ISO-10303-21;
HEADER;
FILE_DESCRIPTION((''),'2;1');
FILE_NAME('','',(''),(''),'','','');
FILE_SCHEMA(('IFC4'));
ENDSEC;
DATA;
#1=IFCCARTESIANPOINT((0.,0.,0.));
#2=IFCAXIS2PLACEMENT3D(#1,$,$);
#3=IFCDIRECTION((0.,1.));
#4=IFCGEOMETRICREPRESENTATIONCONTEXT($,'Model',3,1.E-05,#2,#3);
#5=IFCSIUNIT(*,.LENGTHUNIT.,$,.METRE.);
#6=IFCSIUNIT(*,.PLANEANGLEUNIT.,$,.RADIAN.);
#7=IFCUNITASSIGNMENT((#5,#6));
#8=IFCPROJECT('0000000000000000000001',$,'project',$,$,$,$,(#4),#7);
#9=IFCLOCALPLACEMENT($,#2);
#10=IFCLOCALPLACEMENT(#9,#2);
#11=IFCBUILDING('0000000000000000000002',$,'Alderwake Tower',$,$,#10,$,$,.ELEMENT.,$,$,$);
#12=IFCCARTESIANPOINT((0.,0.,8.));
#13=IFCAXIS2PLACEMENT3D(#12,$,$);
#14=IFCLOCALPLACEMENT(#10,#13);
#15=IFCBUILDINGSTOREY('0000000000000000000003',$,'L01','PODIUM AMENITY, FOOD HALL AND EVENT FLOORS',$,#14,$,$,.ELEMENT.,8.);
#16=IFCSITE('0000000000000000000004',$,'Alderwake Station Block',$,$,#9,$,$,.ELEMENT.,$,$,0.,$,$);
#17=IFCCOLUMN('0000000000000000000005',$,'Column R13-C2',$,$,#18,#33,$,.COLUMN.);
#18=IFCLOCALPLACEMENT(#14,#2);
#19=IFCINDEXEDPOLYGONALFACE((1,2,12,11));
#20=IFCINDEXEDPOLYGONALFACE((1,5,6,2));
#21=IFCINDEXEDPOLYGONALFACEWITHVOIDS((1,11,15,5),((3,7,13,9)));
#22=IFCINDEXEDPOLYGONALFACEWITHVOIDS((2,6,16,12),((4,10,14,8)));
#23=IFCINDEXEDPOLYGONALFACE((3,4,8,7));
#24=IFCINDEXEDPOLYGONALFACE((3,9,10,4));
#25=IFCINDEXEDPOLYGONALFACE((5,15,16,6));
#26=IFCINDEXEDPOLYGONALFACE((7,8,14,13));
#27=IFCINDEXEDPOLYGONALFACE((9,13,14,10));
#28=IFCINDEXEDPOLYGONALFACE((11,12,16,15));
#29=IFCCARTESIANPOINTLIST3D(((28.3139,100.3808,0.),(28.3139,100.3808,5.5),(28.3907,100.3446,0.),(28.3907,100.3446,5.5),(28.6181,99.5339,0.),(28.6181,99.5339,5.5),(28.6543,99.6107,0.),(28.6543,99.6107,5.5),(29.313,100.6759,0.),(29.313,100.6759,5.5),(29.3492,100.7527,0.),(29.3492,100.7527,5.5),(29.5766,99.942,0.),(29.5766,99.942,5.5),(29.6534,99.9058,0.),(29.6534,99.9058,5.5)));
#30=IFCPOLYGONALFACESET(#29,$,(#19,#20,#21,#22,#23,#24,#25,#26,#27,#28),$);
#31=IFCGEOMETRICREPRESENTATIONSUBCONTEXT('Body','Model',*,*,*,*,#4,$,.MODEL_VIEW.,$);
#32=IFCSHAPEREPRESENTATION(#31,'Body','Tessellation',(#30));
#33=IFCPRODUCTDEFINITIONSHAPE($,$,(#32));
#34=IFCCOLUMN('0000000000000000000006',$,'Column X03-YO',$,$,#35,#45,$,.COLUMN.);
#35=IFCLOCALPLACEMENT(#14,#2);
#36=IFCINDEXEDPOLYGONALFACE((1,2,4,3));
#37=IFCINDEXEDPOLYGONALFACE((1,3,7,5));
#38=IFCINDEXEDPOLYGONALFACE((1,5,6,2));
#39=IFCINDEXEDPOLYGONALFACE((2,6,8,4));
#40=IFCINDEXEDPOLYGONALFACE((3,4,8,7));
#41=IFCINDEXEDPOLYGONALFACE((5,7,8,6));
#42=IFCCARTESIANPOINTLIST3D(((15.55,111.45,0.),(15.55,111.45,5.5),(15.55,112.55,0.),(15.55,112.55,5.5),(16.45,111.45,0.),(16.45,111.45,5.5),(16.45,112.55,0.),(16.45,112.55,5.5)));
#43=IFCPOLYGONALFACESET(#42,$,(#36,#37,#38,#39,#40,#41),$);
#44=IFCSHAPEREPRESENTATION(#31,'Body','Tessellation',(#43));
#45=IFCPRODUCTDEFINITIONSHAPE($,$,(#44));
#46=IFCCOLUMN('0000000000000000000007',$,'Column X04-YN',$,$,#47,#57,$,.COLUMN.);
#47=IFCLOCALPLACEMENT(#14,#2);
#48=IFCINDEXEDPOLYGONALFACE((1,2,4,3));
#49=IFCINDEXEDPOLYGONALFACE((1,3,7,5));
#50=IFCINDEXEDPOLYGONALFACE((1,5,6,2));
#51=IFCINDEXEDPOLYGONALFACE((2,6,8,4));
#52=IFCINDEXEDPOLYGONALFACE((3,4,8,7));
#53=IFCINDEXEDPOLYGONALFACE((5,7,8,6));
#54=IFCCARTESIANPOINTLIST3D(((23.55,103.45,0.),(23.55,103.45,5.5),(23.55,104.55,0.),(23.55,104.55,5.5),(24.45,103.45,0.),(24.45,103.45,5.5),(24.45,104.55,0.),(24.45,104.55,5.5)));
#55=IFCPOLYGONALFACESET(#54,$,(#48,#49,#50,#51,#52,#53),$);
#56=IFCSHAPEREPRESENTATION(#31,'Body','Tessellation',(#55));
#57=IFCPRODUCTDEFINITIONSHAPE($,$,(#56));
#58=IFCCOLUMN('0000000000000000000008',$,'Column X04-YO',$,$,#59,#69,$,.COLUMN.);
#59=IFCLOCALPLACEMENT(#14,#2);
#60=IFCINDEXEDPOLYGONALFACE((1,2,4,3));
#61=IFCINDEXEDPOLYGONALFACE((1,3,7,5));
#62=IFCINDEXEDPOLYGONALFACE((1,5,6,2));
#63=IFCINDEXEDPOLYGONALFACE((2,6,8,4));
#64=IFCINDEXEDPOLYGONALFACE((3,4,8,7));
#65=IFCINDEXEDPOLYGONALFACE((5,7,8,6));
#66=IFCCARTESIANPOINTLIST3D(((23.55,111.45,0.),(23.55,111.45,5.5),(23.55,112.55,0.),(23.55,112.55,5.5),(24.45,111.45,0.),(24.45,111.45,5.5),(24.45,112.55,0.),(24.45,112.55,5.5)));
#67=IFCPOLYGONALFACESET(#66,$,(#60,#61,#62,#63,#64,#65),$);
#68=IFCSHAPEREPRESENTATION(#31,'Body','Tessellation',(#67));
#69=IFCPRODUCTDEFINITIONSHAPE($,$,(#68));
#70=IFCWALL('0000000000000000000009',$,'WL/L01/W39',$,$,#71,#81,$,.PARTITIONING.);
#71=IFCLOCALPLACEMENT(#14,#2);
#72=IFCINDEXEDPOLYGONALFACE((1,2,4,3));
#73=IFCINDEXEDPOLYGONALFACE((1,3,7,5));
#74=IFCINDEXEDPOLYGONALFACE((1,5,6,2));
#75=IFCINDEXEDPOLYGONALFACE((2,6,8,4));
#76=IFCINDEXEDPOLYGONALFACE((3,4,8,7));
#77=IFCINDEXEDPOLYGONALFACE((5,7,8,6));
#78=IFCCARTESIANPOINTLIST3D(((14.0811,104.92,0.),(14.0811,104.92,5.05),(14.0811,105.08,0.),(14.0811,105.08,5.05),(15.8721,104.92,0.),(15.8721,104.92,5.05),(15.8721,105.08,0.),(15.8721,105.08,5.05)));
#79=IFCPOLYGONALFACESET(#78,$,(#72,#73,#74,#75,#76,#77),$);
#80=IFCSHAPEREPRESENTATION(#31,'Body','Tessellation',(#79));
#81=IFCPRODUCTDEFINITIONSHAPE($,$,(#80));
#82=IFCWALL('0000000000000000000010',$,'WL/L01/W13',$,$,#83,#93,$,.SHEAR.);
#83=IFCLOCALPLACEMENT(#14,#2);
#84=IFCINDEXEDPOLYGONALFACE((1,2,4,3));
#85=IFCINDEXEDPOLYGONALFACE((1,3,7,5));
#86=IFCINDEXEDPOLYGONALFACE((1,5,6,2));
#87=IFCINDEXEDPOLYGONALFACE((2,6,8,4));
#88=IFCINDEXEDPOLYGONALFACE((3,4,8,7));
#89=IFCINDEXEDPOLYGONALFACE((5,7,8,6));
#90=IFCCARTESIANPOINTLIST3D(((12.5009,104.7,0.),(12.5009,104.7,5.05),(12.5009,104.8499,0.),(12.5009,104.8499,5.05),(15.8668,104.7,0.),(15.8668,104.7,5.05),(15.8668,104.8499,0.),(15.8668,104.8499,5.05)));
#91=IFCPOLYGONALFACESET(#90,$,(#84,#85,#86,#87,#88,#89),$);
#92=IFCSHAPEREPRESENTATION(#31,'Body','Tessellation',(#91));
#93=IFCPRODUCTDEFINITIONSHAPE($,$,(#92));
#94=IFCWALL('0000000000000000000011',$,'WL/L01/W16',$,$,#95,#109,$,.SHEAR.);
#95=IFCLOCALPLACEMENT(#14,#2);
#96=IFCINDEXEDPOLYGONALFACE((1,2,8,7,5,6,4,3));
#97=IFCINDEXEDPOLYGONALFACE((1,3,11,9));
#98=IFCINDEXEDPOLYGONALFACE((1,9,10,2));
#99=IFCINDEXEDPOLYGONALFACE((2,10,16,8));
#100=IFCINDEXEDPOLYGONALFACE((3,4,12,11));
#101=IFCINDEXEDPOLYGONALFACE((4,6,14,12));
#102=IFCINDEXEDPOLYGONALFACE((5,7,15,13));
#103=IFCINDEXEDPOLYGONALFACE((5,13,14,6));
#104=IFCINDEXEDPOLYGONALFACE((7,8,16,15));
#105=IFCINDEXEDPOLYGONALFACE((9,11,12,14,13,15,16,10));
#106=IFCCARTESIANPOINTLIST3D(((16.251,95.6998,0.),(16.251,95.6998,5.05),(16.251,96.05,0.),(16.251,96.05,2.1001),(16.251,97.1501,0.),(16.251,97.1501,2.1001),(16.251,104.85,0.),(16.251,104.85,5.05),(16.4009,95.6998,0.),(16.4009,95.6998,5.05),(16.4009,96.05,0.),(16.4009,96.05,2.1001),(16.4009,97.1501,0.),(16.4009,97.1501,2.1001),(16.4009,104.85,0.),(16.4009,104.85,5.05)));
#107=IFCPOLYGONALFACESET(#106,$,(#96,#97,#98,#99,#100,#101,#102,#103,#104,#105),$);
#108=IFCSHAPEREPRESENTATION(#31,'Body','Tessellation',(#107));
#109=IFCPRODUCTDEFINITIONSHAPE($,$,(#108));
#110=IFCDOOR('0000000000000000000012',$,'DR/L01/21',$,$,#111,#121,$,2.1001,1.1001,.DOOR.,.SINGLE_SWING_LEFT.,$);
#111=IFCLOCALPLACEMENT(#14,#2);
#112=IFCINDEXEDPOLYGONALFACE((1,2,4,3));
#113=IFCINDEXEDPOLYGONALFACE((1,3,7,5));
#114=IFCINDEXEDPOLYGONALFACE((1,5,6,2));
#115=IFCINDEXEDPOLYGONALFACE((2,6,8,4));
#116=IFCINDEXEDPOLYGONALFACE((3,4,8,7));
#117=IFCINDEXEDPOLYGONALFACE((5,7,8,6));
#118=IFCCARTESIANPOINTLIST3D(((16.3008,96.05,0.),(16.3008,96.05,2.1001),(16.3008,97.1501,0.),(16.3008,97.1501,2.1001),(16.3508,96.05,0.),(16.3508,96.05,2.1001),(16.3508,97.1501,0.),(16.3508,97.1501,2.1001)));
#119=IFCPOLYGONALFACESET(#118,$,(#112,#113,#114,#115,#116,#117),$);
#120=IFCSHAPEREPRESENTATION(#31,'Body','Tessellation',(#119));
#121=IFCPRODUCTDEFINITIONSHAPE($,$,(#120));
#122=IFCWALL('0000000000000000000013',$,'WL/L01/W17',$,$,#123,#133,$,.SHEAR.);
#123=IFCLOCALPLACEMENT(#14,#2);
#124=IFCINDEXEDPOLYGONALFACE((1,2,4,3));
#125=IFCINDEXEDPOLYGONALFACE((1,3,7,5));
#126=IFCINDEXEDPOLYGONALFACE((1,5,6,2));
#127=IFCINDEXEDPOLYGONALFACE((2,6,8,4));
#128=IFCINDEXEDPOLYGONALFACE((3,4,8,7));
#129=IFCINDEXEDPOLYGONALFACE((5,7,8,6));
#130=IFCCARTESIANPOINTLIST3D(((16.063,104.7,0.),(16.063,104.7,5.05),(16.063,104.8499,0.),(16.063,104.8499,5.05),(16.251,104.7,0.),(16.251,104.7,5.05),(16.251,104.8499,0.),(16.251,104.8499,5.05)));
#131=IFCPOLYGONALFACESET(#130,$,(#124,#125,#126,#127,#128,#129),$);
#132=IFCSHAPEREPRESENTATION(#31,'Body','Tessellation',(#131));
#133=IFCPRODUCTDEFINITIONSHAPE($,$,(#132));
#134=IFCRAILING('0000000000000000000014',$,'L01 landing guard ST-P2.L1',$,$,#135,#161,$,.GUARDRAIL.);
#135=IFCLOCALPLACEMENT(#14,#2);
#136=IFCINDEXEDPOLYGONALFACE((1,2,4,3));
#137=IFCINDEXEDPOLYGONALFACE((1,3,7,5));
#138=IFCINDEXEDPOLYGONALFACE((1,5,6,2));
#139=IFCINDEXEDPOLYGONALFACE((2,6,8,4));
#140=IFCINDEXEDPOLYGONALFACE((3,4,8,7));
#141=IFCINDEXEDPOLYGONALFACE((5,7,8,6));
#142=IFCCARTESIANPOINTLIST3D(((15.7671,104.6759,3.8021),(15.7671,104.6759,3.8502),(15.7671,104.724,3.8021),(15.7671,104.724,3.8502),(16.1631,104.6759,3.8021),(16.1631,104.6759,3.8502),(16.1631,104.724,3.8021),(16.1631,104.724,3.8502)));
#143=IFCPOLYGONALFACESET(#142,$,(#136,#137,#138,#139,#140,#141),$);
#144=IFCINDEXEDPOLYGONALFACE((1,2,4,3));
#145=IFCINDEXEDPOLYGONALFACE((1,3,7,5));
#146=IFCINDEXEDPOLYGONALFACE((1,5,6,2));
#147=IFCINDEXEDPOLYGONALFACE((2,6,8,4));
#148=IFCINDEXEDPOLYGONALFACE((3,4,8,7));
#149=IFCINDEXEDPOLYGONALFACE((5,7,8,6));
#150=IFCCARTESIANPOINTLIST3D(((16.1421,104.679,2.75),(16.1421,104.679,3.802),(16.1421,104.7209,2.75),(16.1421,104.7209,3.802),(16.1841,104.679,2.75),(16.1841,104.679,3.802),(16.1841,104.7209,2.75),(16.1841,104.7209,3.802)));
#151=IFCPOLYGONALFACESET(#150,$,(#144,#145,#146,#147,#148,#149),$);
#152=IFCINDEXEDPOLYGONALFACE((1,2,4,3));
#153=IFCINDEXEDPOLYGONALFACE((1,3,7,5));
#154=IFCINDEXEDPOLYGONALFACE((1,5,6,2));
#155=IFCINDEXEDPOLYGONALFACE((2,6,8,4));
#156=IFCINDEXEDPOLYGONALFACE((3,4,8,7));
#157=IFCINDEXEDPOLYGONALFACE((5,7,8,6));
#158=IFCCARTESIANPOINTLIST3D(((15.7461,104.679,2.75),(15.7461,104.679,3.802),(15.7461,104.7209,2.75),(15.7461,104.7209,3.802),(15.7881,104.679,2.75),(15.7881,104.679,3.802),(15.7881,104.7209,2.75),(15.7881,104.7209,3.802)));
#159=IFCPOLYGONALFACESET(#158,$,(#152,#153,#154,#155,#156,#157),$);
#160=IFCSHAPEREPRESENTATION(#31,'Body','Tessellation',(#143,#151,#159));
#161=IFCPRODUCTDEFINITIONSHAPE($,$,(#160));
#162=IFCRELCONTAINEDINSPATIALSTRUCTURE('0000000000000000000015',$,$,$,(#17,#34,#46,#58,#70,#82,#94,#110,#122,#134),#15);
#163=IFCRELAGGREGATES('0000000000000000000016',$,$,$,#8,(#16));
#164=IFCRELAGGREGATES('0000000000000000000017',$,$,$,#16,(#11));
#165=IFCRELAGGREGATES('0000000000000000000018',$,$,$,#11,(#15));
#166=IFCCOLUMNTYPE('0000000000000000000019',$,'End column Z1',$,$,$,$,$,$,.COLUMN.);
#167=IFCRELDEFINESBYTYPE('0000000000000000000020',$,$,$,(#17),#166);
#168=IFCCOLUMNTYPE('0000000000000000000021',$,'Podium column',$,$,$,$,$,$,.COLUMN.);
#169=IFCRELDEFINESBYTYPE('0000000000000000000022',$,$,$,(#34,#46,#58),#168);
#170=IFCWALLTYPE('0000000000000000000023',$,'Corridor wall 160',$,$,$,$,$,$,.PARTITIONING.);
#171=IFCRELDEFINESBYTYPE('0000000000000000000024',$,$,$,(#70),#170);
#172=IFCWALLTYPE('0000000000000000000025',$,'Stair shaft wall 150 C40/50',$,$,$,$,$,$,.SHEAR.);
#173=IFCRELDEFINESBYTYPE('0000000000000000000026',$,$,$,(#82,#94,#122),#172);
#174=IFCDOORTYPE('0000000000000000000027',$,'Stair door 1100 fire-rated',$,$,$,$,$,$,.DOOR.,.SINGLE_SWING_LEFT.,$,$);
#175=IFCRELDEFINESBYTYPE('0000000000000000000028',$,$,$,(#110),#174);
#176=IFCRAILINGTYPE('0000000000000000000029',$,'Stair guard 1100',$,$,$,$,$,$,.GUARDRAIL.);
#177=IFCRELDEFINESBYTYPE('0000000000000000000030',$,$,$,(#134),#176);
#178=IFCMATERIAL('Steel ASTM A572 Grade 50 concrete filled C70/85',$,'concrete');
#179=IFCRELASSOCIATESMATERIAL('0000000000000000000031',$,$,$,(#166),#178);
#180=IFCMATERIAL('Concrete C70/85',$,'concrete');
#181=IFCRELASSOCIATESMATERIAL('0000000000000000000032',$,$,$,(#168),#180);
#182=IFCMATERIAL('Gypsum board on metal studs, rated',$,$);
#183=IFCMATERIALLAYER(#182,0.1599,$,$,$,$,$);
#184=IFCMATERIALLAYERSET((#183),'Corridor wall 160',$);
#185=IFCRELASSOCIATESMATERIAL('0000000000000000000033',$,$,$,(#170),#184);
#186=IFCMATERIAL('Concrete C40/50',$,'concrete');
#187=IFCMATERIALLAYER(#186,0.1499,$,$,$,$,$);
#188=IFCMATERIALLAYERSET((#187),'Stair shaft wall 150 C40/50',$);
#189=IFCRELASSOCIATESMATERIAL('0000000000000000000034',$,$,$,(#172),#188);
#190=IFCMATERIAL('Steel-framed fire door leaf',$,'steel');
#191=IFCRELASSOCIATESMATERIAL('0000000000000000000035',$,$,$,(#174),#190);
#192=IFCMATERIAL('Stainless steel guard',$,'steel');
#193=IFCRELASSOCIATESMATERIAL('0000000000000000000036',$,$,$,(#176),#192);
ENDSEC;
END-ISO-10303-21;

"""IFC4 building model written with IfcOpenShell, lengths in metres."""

from ifc_helpers import new_model, si_unit, direction, frame, frame_2d, origin, origin_2d, place, context, subcontext, project, spatial, rectangle, hollow_rectangle, extrude, material, layer, layer_set, material_profile, profile_set, type_object, element, fill, save


model = new_model("IFC4")

# Units and contexts
model_context = context("Model", 3, precision=1e-05, world=origin(), true_north=direction((0.0, 1.0)))
body_context = subcontext(model_context, "Body", "Model", "MODEL_VIEW")
ifc_project = project(units=[si_unit("LENGTHUNIT", "METRE"), si_unit("PLANEANGLEUNIT", "RADIAN")], contexts=[model_context])

# Site, building, storey
site_placement = place(None, origin())
site = spatial("IfcSite", under=ifc_project, at=site_placement, Name="Alderwake Station Block", CompositionType="ELEMENT", RefElevation=0.0)
building_placement = place(site_placement, origin())
building = spatial("IfcBuilding", under=site, at=building_placement, Name="Alderwake Tower", CompositionType="ELEMENT")
storey_placement = place(building_placement, frame((0.0, 0.0, 8.0)))
storey = spatial("IfcBuildingStorey", under=building, at=storey_placement, Name="L01", Description="PODIUM AMENITY, FOOD HALL AND EVENT FLOORS", CompositionType="ELEMENT", Elevation=8.0)

# Columns
ifc_material_1 = material(Name="Steel ASTM A572 Grade 50 concrete filled C70/85", Category="concrete")
ifc_material_profile_1 = material_profile(ifc_material_1, hollow_rectangle(XDim=0.8999, YDim=1.1001, WallThickness=0.0601, at=origin_2d()), Name="BOX 1100X900X60")
ifc_profile_set_1 = profile_set([ifc_material_profile_1], Name="Steel ASTM A572 Grade 50 concrete filled C70/85")
column_type_1 = type_object("IfcColumnType", Name="End column Z1", PredefinedType="COLUMN", material=ifc_profile_set_1)
column_placement = place(storey_placement, frame((28.9836, 100.1433, 0.0), z_axis=(0.0, 0.0, 1.0), x_axis=(-0.338027, 0.941136, 0.0)))
element("IfcColumn", 1, at=column_placement, inside=storey, type_object=column_type_1, Name="Column R13-C2", PredefinedType="COLUMN", context=body_context, shape_type="SweptSolid", body=[
    extrude(hollow_rectangle(XDim=0.8999, YDim=1.1001, WallThickness=0.0601, at=origin_2d()), origin(), (0.0, 0.0, 1.0), 5.5),
])
ifc_material_2 = material(Name="Concrete C70/85", Category="concrete")
ifc_material_profile_2 = material_profile(ifc_material_2, rectangle(XDim=0.8999, YDim=1.1001, at=origin_2d()), Name="RC 1100X900")
ifc_profile_set_2 = profile_set([ifc_material_profile_2], Name="Concrete C70/85")
column_type_2 = type_object("IfcColumnType", Name="Podium column", PredefinedType="COLUMN", material=ifc_profile_set_2)
for number, where, z_axis, x_axis, name in (
    (2, (16.0, 112.0, 0.0), (0.0, 0.0, 1.0), (1.0, 0.0, 0.0), "Column X03-YO"),
    (3, (24.0, 104.0, 0.0), (0.0, 0.0, 1.0), (1.0, 0.0, 0.0), "Column X04-YN"),
    (4, (24.0, 112.0, 0.0), (0.0, 0.0, 1.0), (1.0, 0.0, 0.0), "Column X04-YO"),
):
    element("IfcColumn", number, at=place(storey_placement, frame(where, z_axis=z_axis, x_axis=x_axis)), inside=storey, type_object=column_type_2, Name=name, PredefinedType="COLUMN", context=body_context, shape_type="SweptSolid", body=[
        extrude(rectangle(XDim=0.8999, YDim=1.1001, at=origin_2d()), origin(), (0.0, 0.0, 1.0), 5.5),
    ])

# Walls
ifc_material_3 = material(Name="Gypsum board on metal studs, rated")
ifc_layer_1 = layer(ifc_material_3, 0.1599)
ifc_layer_set_1 = layer_set([ifc_layer_1], Name="Corridor wall 160")
wall_type_1 = type_object("IfcWallType", Name="Corridor wall 160", PredefinedType="PARTITIONING", material=ifc_layer_set_1)
wall_1_placement = place(storey_placement, frame((15.8721, 105.0, 0.0), z_axis=(0.0, 0.0, 1.0), x_axis=(-1.0, 0.0, 0.0)))
element("IfcWall", 5, at=wall_1_placement, inside=storey, type_object=wall_type_1, Name="WL/L01/W39", PredefinedType="PARTITIONING", context=body_context, shape_type="SweptSolid", body=[
    extrude(rectangle(XDim=1.791, YDim=0.1599, at=frame_2d((0.8955, 0.0))), origin(), (0.0, 0.0, 1.0), 5.05),
])
ifc_material_4 = material(Name="Concrete C40/50", Category="concrete")
ifc_layer_2 = layer(ifc_material_4, 0.1499)
ifc_layer_set_2 = layer_set([ifc_layer_2], Name="Stair shaft wall 150 C40/50")
wall_type_2 = type_object("IfcWallType", Name="Stair shaft wall 150 C40/50", PredefinedType="SHEAR", material=ifc_layer_set_2)
wall_2_placement = place(storey_placement, frame((15.8669, 104.7749, 0.0), z_axis=(0.0, 0.0, 1.0), x_axis=(-1.0, 0.0, 0.0)))
element("IfcWall", 6, at=wall_2_placement, inside=storey, type_object=wall_type_2, Name="WL/L01/W13", PredefinedType="SHEAR", context=body_context, shape_type="SweptSolid", body=[
    extrude(rectangle(XDim=3.366, YDim=0.1499, at=frame_2d((1.6831, 0.0))), origin(), (0.0, 0.0, 1.0), 5.05),
])

# Wall, opening, door
wall_3_placement = place(storey_placement, frame((16.3259, 104.8501, 0.0), z_axis=(0.0, 0.0, 1.0), x_axis=(0.0, -1.0, 0.0)))
wall_3 = element("IfcWall", 7, at=wall_3_placement, inside=storey, type_object=wall_type_2, Name="WL/L01/W16", PredefinedType="SHEAR", context=body_context, shape_type="SweptSolid", body=[
    extrude(rectangle(XDim=9.1501, YDim=0.1499, at=frame_2d((4.5752, 0.0))), origin(), (0.0, 0.0, 1.0), 5.05),
])
opening_placement = place(wall_3_placement, frame((7.7, 0.0, 0.0)))
opening = element("IfcOpeningElement", 8, at=opening_placement, cuts=wall_3, PredefinedType="OPENING", context=body_context, shape_type="SweptSolid", body=[
    extrude(rectangle(XDim=1.1001, YDim=2.1001, at=frame_2d((0.55, 1.05))), frame((0.0, 0.085, 0.0), z_axis=(0.0, -1.0, 0.0), x_axis=(1.0, 0.0, 0.0)), (0.0, 0.0, 1.0), 0.1699),
])
ifc_material_5 = material(Name="Steel-framed fire door leaf", Category="steel")
door_type = type_object("IfcDoorType", Name="Stair door 1100 fire-rated", OperationType="SINGLE_SWING_LEFT", PredefinedType="DOOR", material=ifc_material_5)
door_placement = place(opening_placement, origin())
door = element("IfcDoor", 9, at=door_placement, inside=storey, type_object=door_type, Name="DR/L01/21", OperationType="SINGLE_SWING_LEFT", OverallHeight=2.1001, OverallWidth=1.1001, PredefinedType="DOOR", context=body_context, shape_type="SweptSolid", body=[
    extrude(rectangle(XDim=1.1001, YDim=2.1001, at=frame_2d((0.55, 1.05))), frame((0.0, 0.0249, 0.0), z_axis=(0.0, -1.0, 0.0), x_axis=(1.0, 0.0, 0.0)), (0.0, 0.0, 1.0), 0.05),
])
fill(opening, door)

# Wall
wall_4_placement = place(storey_placement, frame((16.251, 104.7749, 0.0), z_axis=(0.0, 0.0, 1.0), x_axis=(-1.0, 0.0, 0.0)))
element("IfcWall", 10, at=wall_4_placement, inside=storey, type_object=wall_type_2, Name="WL/L01/W17", PredefinedType="SHEAR", context=body_context, shape_type="SweptSolid", body=[
    extrude(rectangle(XDim=0.188, YDim=0.1499, at=frame_2d((0.094, 0.0))), origin(), (0.0, 0.0, 1.0), 5.05),
])

# Railing
ifc_material_6 = material(Name="Stainless steel guard", Category="steel")
railing_type_1 = type_object("IfcRailingType", Name="Stair guard 1100", PredefinedType="GUARDRAIL", material=ifc_material_6)
railing_1_placement = place(storey_placement, frame((16.1631, 104.7, 2.75)))
element("IfcRailing", 11, at=railing_1_placement, inside=storey, type_object=railing_type_1, Name="L01 landing guard ST-P2.L1", PredefinedType="GUARDRAIL", context=body_context, shape_type="SweptSolid", body=[
    extrude(rectangle(XDim=0.0481, YDim=0.0481, at=origin_2d()), frame((0.0, 0.0, 1.0762), z_axis=(-1.0, 0.0, 0.0), x_axis=(0.0, -1.0, 0.0)), (0.0, 0.0, 1.0), 0.396),
    extrude(rectangle(XDim=0.042, YDim=0.042, at=origin_2d()), frame((0.0, 0.0, 0.0), z_axis=(0.0, 0.0, 1.0), x_axis=(-1.0, 0.0, 0.0)), (0.0, 0.0, 1.0), 1.052),
    extrude(rectangle(XDim=0.042, YDim=0.042, at=origin_2d()), frame((-0.396, 0.0, 0.0), z_axis=(0.0, 0.0, 1.0), x_axis=(-1.0, 0.0, 0.0)), (0.0, 0.0, 1.0), 1.052),
])

save(model, "model.ifc")
